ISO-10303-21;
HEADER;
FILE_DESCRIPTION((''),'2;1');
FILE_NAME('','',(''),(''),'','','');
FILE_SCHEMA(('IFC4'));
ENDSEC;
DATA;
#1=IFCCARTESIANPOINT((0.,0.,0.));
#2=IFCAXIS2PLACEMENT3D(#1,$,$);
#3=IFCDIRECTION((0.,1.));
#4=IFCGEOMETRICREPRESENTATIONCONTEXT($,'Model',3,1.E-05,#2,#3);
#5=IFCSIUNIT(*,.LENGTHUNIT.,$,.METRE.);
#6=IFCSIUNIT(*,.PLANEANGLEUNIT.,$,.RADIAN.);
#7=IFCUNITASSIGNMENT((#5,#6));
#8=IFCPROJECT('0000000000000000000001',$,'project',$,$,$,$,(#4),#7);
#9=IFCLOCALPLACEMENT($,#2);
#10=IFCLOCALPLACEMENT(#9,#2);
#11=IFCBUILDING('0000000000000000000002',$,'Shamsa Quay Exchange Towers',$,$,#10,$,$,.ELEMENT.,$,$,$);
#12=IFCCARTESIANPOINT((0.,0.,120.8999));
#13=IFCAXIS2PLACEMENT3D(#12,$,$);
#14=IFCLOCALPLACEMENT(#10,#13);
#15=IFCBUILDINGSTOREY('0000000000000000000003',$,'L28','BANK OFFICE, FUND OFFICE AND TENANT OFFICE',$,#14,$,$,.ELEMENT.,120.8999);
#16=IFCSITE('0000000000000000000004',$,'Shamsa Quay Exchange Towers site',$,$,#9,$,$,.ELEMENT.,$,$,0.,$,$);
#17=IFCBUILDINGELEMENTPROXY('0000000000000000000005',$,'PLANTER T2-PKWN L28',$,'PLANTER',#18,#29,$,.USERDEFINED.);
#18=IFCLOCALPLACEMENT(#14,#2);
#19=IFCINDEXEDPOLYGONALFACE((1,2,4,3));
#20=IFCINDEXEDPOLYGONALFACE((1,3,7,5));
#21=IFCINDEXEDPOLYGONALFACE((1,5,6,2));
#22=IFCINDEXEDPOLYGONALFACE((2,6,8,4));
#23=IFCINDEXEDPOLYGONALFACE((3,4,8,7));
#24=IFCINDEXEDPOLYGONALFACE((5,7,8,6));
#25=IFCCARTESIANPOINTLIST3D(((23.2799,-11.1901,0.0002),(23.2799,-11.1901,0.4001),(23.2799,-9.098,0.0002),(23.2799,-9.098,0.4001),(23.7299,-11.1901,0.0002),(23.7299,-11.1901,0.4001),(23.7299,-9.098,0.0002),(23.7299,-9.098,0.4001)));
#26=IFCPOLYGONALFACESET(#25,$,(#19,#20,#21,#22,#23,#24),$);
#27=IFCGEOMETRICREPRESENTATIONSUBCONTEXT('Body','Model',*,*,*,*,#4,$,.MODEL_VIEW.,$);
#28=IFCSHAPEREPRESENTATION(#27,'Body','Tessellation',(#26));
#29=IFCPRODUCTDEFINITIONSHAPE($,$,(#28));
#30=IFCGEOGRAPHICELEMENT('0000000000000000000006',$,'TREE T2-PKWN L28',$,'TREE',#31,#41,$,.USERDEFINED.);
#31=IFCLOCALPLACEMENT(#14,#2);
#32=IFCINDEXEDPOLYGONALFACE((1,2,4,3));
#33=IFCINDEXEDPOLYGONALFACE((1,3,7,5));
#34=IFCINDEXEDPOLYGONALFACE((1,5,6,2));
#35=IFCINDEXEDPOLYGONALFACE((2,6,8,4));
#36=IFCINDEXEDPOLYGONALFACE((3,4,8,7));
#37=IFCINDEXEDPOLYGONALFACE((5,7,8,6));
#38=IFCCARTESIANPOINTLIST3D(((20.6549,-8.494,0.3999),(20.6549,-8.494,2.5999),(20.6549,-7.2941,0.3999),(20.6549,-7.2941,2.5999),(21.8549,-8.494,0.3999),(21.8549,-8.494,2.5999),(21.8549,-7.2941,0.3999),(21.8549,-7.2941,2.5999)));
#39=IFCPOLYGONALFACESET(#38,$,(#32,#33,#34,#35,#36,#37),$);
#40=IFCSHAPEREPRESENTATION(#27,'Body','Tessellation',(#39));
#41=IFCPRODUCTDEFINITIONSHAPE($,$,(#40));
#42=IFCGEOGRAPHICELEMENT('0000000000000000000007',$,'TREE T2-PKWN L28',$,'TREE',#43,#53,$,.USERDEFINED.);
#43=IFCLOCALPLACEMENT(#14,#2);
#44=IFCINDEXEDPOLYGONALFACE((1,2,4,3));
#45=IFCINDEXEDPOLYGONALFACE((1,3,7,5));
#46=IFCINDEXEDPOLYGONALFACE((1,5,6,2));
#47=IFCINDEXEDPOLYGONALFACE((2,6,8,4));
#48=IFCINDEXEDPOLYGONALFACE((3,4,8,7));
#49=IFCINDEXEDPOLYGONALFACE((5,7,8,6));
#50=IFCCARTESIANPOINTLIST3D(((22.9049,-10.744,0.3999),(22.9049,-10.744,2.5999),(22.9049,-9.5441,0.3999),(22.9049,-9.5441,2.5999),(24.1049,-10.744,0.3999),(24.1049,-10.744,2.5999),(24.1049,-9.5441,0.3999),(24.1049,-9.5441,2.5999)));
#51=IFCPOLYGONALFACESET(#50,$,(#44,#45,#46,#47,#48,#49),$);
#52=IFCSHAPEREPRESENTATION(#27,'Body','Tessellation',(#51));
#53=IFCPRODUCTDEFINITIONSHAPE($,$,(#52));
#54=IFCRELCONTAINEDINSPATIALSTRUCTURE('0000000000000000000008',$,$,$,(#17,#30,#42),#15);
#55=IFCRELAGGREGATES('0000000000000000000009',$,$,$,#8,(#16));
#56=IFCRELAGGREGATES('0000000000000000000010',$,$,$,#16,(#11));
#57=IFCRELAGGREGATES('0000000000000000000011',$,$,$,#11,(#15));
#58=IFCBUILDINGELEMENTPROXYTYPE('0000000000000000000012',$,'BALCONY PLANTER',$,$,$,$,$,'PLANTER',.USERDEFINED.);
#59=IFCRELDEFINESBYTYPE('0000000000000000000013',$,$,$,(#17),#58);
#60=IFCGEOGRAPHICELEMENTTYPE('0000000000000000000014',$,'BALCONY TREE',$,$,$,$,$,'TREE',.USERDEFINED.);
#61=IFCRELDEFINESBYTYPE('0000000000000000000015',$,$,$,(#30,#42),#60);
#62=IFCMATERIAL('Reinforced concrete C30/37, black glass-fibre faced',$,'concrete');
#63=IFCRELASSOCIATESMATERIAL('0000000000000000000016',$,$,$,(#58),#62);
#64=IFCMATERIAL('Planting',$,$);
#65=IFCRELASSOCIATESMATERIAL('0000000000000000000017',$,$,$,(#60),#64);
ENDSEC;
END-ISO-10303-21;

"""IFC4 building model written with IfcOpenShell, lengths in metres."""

from ifc_helpers import new_model, si_unit, direction, frame, origin, origin_2d, place, context, subcontext, project, spatial, rectangle, extrude, material, type_object, element, save


model = new_model("IFC4")

# Units and contexts
model_context = context("Model", 3, precision=1e-05, world=origin(), true_north=direction((0.0, 1.0)))
body_context = subcontext(model_context, "Body", "Model", "MODEL_VIEW")
ifc_project = project(units=[si_unit("LENGTHUNIT", "METRE"), si_unit("PLANEANGLEUNIT", "RADIAN")], contexts=[model_context])

# Site, building, storey
site_placement = place(None, origin())
site = spatial("IfcSite", under=ifc_project, at=site_placement, Name="Shamsa Quay Exchange Towers site", CompositionType="ELEMENT", RefElevation=0.0)
building_placement = place(site_placement, origin())
building = spatial("IfcBuilding", under=site, at=building_placement, Name="Shamsa Quay Exchange Towers", CompositionType="ELEMENT")
storey_placement = place(building_placement, frame((0.0, 0.0, 120.8999)))
storey = spatial("IfcBuildingStorey", under=building, at=storey_placement, Name="L28", Description="BANK OFFICE, FUND OFFICE AND TENANT OFFICE", CompositionType="ELEMENT", Elevation=120.8999)

# Building element proxy
ifc_material_1 = material(Name="Reinforced concrete C30/37, black glass-fibre faced", Category="concrete")
building_element_proxy_type = type_object("IfcBuildingElementProxyType", Name="BALCONY PLANTER", ElementType="PLANTER", PredefinedType="USERDEFINED", material=ifc_material_1)
for number, where, z_axis, x_axis, name in (
    (1, (23.5049, -10.144, 0.0002), (0.0, 0.0, 1.0), (0.0, -1.0, 0.0), "PLANTER T2-PKWN L28"),
):
    element("IfcBuildingElementProxy", number, at=place(storey_placement, frame(where, z_axis=z_axis, x_axis=x_axis)), inside=storey, type_object=building_element_proxy_type, Name=name, ObjectType="PLANTER", PredefinedType="USERDEFINED", context=body_context, shape_type="SweptSolid", body=[
        extrude(rectangle(XDim=2.092, YDim=0.45, at=origin_2d()), origin(), (0.0, 0.0, 1.0), 0.3999),
    ])

# Geographic elements
ifc_material_2 = material(Name="Planting")
geographic_element_type = type_object("IfcGeographicElementType", Name="BALCONY TREE", ElementType="TREE", PredefinedType="USERDEFINED", material=ifc_material_2)
for number, where, z_axis, x_axis, name in (
    (2, (21.2549, -7.894, 0.3999), (0.0, 0.0, 1.0), (0.0, -1.0, 0.0), "TREE T2-PKWN L28"),
    (3, (23.5049, -10.144, 0.3999), (0.0, 0.0, 1.0), (0.0, -1.0, 0.0), "TREE T2-PKWN L28"),
):
    element("IfcGeographicElement", number, at=place(storey_placement, frame(where, z_axis=z_axis, x_axis=x_axis)), inside=storey, type_object=geographic_element_type, Name=name, ObjectType="TREE", PredefinedType="USERDEFINED", context=body_context, shape_type="SweptSolid", body=[
        extrude(rectangle(XDim=1.2, YDim=1.2, at=origin_2d()), origin(), (0.0, 0.0, 1.0), 2.2),
    ])

save(model, "model.ifc")
